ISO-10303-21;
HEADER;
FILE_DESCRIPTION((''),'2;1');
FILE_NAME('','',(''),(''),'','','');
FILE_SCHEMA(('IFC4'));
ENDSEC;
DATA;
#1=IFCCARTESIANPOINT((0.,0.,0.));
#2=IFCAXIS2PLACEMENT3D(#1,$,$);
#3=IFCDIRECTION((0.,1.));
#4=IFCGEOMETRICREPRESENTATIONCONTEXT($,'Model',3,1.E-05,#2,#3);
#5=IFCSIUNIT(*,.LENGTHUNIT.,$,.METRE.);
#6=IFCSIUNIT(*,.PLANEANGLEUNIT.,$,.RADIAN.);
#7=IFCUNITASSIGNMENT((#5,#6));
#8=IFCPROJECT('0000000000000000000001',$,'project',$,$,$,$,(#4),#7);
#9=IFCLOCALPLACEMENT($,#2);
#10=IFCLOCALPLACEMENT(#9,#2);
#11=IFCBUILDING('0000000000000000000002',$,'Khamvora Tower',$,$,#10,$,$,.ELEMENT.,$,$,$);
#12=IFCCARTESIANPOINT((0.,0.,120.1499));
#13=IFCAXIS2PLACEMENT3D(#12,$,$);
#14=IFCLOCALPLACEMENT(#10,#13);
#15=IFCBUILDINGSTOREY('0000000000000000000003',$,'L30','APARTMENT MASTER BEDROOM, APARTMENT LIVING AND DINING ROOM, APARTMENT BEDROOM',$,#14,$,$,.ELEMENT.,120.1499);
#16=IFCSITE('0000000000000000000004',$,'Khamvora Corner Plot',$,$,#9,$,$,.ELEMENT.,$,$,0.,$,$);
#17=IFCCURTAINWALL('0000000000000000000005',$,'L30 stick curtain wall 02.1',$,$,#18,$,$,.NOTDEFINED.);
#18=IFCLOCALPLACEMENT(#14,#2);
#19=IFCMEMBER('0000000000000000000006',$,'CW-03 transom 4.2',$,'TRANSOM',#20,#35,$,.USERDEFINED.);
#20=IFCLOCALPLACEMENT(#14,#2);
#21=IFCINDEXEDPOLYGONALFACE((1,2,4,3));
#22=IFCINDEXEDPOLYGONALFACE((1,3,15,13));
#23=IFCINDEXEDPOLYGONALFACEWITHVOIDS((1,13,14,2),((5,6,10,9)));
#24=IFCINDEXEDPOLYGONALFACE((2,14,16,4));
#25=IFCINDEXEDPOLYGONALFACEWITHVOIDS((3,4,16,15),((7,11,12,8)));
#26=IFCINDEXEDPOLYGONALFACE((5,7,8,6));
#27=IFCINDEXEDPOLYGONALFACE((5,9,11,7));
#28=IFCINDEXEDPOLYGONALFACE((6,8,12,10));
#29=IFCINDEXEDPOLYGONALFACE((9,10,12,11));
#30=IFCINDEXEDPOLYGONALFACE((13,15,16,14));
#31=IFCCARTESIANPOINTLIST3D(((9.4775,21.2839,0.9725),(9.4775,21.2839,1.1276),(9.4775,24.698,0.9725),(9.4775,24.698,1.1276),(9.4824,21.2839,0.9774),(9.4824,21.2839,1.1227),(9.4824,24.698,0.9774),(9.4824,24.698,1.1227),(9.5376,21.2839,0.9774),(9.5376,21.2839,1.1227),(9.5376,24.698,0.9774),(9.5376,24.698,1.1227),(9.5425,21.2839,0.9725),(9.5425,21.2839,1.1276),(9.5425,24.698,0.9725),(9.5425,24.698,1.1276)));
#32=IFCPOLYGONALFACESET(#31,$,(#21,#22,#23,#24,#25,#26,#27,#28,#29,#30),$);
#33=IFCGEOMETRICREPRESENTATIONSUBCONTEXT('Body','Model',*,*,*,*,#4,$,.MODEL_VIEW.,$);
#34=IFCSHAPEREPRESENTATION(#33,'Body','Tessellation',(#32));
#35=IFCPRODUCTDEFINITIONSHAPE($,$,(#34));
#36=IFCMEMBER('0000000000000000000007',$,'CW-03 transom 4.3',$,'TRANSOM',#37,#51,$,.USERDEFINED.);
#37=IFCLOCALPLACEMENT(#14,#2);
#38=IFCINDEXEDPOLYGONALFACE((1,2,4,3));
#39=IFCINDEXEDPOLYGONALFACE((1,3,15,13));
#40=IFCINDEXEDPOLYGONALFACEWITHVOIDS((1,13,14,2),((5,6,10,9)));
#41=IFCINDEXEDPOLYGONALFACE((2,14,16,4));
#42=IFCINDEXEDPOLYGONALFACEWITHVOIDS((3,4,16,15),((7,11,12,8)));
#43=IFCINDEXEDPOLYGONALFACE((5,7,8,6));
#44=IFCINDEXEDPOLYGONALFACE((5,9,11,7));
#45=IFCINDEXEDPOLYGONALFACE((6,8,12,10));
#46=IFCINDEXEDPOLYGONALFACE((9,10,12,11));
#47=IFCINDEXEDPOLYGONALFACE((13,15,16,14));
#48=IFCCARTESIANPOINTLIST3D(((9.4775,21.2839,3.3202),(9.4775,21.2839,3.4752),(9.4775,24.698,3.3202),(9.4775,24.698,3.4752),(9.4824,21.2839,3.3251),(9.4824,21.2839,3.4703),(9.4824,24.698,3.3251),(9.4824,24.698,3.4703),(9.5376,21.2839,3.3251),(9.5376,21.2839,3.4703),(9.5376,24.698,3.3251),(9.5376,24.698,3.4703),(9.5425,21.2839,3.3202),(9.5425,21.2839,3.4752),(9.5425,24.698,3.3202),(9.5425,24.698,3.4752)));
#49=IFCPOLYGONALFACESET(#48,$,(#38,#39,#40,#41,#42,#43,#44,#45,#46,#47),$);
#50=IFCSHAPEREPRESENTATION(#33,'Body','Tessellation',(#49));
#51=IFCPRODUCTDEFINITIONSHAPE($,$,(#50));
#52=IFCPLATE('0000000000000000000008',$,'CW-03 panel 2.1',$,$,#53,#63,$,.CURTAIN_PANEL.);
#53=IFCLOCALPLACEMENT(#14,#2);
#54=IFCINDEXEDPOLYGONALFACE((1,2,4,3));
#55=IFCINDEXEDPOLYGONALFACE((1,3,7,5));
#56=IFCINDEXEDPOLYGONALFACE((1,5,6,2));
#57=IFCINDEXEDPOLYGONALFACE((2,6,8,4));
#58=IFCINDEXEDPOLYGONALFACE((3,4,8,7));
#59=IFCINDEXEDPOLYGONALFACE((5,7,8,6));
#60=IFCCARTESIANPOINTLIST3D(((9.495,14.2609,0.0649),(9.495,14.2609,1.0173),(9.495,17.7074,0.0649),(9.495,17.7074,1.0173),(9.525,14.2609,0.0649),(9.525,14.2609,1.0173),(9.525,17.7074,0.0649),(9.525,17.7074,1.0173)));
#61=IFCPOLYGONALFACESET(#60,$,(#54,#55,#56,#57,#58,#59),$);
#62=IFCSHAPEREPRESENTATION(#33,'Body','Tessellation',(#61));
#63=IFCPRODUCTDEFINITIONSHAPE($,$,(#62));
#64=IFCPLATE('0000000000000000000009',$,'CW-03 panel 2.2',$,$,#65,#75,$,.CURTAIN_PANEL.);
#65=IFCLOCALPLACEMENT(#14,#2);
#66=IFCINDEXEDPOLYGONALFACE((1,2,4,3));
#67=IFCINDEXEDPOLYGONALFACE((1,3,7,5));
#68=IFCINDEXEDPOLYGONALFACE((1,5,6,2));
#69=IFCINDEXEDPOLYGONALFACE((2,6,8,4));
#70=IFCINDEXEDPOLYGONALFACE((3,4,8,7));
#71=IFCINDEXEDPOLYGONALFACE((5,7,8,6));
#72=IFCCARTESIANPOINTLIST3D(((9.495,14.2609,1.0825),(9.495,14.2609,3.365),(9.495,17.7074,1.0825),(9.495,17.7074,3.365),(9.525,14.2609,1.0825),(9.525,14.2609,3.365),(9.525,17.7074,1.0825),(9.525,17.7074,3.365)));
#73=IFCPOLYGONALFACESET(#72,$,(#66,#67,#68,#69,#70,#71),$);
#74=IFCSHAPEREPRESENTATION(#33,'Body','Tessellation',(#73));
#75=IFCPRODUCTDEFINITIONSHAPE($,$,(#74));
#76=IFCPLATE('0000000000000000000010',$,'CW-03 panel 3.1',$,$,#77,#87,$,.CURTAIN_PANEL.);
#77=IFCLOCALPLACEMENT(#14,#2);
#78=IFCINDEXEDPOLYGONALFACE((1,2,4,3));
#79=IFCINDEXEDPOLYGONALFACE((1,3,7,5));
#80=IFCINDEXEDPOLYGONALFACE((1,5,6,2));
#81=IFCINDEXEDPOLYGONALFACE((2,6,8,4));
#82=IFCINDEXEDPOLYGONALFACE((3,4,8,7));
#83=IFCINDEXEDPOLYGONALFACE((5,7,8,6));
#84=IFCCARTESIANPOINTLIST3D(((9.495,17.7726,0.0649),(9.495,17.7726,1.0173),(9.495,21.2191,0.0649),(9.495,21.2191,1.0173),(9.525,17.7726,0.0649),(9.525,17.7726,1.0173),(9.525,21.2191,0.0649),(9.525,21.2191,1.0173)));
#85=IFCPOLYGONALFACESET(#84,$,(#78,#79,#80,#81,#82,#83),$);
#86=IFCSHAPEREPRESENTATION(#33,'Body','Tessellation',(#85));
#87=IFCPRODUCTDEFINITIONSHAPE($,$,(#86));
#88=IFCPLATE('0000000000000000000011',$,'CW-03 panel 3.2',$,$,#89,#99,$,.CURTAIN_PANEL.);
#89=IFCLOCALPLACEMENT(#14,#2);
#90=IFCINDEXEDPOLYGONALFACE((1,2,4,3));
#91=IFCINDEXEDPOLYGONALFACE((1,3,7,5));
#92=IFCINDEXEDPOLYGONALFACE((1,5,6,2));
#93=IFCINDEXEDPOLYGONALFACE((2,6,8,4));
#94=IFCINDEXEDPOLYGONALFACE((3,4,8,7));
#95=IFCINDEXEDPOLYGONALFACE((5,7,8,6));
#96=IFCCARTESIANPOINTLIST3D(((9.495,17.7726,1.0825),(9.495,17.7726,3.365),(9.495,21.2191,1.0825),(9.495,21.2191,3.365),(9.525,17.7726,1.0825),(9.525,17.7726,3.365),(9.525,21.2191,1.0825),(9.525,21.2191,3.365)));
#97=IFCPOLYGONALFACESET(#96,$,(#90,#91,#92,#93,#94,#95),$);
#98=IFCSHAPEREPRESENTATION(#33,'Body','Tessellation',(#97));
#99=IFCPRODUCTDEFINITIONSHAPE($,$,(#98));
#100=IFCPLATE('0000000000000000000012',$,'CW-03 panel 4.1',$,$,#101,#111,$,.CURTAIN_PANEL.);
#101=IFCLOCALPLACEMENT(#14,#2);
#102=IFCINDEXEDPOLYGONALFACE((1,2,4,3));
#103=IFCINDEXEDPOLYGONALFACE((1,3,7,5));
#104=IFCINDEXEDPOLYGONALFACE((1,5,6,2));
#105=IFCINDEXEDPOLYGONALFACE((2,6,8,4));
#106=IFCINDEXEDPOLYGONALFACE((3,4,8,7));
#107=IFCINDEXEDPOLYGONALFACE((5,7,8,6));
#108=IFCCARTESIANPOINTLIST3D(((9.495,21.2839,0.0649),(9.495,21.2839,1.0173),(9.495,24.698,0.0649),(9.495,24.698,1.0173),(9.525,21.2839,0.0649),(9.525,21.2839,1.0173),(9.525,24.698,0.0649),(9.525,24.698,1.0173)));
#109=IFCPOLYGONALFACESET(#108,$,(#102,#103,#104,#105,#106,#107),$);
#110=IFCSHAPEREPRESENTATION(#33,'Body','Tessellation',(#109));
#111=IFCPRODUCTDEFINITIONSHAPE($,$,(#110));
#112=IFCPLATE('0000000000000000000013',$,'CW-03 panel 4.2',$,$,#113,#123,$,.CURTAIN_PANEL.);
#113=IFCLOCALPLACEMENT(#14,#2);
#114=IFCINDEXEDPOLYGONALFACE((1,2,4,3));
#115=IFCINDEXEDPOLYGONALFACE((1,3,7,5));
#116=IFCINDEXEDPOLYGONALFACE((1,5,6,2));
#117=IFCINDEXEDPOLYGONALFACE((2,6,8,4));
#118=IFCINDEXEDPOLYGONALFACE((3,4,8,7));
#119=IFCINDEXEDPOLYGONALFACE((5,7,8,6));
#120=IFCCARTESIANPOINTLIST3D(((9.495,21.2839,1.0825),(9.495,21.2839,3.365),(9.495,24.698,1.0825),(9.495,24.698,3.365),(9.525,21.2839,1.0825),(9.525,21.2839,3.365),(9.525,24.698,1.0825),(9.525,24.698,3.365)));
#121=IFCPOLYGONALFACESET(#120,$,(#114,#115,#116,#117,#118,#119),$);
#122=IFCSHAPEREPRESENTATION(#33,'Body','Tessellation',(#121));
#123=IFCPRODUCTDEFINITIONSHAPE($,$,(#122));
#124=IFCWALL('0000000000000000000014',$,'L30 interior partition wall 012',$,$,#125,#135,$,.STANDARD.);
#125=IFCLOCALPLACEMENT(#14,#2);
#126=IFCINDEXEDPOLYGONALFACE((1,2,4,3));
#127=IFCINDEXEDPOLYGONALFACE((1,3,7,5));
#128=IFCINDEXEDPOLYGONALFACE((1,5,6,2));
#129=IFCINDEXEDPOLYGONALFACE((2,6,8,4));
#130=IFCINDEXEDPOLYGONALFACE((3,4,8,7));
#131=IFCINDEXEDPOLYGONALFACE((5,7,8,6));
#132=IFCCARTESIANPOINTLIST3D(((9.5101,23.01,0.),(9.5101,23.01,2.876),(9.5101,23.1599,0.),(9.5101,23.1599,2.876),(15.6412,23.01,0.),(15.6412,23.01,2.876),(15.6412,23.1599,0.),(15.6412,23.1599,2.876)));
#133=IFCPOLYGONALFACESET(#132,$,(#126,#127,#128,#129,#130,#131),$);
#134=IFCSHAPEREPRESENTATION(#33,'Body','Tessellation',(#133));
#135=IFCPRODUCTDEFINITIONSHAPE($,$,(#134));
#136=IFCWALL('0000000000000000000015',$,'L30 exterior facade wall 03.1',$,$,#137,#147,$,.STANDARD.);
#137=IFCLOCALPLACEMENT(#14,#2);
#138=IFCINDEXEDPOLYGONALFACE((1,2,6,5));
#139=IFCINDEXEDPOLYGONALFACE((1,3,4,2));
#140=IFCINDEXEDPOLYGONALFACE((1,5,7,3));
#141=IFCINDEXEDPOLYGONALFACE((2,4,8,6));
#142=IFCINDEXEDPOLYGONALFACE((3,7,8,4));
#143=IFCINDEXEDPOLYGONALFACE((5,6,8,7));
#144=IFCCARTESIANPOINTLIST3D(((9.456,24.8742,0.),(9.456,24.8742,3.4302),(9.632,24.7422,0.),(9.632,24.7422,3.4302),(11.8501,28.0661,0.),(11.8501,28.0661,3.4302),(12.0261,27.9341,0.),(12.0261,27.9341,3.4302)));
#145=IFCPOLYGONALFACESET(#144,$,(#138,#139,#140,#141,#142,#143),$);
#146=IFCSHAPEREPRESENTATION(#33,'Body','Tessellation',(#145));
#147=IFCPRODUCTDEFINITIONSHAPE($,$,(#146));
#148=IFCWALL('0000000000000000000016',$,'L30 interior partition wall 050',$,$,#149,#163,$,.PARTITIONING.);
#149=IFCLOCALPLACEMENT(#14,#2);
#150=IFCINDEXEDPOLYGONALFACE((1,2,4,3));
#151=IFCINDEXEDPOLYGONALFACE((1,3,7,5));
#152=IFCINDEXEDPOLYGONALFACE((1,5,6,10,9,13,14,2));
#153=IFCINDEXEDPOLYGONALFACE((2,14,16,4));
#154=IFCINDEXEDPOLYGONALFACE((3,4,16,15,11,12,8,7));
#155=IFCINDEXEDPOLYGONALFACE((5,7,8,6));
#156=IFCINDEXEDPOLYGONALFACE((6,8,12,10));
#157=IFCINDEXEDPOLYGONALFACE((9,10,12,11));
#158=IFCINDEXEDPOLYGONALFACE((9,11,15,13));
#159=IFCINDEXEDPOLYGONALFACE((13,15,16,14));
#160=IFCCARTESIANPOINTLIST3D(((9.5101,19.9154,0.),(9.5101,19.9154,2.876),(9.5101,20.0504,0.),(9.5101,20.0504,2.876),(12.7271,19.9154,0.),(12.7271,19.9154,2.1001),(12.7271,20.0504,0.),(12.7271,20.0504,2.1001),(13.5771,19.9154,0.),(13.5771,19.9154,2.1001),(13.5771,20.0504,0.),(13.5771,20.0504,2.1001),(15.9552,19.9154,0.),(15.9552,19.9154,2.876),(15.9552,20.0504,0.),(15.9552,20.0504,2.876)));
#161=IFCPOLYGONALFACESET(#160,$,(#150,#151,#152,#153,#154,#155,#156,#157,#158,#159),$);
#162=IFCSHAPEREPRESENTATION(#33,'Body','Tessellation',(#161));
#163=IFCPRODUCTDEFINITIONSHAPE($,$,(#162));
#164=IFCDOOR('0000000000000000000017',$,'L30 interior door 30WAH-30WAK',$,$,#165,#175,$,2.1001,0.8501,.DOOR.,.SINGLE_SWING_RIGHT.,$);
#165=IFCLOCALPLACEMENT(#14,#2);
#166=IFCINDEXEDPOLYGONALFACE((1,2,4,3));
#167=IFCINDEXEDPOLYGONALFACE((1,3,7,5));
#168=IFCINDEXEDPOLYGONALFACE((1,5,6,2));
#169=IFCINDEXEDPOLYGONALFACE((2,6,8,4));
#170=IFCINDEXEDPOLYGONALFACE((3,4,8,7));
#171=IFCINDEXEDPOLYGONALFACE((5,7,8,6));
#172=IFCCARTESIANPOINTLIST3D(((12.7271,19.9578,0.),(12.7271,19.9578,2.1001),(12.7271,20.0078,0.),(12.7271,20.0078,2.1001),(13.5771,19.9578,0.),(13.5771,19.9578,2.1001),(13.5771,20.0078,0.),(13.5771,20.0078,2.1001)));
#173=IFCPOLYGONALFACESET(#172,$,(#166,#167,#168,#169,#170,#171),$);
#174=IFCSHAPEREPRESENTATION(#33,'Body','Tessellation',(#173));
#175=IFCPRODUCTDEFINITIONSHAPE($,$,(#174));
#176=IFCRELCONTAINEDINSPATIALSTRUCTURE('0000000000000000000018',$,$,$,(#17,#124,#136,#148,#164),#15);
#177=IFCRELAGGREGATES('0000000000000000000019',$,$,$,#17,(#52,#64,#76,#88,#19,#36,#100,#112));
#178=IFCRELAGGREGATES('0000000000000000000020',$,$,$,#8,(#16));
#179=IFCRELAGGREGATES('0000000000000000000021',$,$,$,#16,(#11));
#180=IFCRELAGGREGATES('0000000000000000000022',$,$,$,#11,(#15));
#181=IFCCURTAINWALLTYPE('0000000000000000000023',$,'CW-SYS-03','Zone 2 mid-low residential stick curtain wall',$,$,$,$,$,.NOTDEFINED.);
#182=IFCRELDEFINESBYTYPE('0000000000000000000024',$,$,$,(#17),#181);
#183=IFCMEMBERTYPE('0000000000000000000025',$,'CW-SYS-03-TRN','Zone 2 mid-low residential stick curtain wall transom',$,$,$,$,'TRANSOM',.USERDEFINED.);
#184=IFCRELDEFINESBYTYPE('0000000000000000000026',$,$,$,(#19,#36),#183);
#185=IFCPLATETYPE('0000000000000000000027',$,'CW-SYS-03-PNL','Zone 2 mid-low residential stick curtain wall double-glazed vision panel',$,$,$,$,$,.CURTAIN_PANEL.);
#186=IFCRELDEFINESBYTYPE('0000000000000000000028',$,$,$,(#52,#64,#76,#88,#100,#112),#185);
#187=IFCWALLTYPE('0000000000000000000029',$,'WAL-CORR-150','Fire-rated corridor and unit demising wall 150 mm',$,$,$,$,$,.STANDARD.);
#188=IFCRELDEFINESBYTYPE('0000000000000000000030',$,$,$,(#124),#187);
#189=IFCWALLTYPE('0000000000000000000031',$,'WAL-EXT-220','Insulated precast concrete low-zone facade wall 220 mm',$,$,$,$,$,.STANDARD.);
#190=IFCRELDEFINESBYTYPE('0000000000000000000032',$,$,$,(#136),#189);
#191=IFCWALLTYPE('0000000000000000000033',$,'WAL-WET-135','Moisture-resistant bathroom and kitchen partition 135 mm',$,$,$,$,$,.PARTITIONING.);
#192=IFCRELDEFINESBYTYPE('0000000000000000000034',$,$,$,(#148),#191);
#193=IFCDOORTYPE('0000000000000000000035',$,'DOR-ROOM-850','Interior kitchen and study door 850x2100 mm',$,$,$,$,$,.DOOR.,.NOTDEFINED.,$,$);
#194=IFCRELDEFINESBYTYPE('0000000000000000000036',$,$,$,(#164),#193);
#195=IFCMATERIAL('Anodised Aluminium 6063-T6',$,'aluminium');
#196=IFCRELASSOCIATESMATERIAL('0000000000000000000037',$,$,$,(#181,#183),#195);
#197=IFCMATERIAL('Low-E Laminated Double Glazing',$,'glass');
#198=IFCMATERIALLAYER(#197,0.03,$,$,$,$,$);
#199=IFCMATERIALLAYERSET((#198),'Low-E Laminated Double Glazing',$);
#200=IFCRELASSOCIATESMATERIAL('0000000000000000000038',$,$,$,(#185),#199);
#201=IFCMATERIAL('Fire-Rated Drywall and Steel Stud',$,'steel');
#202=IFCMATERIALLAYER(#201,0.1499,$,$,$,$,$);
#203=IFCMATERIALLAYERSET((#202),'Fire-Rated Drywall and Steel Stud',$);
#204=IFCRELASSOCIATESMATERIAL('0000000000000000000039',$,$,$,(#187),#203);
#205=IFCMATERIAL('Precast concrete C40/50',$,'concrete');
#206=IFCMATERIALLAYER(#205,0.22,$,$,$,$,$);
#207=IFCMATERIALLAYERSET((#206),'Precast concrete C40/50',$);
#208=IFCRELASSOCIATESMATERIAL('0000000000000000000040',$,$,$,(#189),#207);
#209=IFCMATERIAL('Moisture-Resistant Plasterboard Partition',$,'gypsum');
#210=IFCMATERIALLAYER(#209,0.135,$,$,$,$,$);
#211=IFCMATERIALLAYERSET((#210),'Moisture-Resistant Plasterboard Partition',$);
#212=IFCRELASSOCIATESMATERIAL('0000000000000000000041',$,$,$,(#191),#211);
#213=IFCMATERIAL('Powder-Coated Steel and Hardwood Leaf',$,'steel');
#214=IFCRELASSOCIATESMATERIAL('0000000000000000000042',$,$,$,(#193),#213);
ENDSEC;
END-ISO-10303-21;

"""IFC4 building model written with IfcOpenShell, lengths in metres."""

from ifc_helpers import new_model, si_unit, direction, frame, frame_2d, origin, origin_2d, place, context, subcontext, project, spatial, rectangle, hollow_rectangle, extrude, material, layer, layer_set, material_profile, profile_set, type_object, element, fill, aggregate, save


model = new_model("IFC4")

# Units and contexts
model_context = context("Model", 3, precision=1e-05, world=origin(), true_north=direction((0.0, 1.0)))
body_context = subcontext(model_context, "Body", "Model", "MODEL_VIEW")
ifc_project = project(units=[si_unit("LENGTHUNIT", "METRE"), si_unit("PLANEANGLEUNIT", "RADIAN")], contexts=[model_context])

# Site, building, storey
site_placement = place(None, origin())
site = spatial("IfcSite", under=ifc_project, at=site_placement, Name="Khamvora Corner Plot", CompositionType="ELEMENT", RefElevation=0.0)
building_placement = place(site_placement, origin())
building = spatial("IfcBuilding", under=site, at=building_placement, Name="Khamvora Tower", CompositionType="ELEMENT")
storey_placement = place(building_placement, frame((0.0, 0.0, 120.1499)))
storey = spatial("IfcBuildingStorey", under=building, at=storey_placement, Name="L30", Description="APARTMENT MASTER BEDROOM, APARTMENT LIVING AND DINING ROOM, APARTMENT BEDROOM", CompositionType="ELEMENT", Elevation=120.1499)

# Curtain wall, members, plates
ifc_material_1 = material(Name="Anodised Aluminium 6063-T6", Category="aluminium")
curtain_wall_type = type_object("IfcCurtainWallType", Name="CW-SYS-03", Description="Zone 2 mid-low residential stick curtain wall", PredefinedType="NOTDEFINED", material=ifc_material_1)
curtain_wall_placement = place(storey_placement, origin())
curtain_wall = element("IfcCurtainWall", 1, at=curtain_wall_placement, inside=storey, type_object=curtain_wall_type, Name="L30 stick curtain wall 02.1", PredefinedType="NOTDEFINED")
ifc_material_profile_1 = material_profile(ifc_material_1, hollow_rectangle(XDim=0.0649, YDim=0.155, WallThickness=0.0049, at=origin_2d()), Name="TRN65x155x5")
ifc_profile_set_1 = profile_set([ifc_material_profile_1], Name="Anodised Aluminium 6063-T6")
member_type_1 = type_object("IfcMemberType", Name="CW-SYS-03-TRN", Description="Zone 2 mid-low residential stick curtain wall transom", ElementType="TRANSOM", PredefinedType="USERDEFINED", material=ifc_profile_set_1)
member_1_placement = place(storey_placement, frame((9.51, 21.2839, 1.05), z_axis=(0.0, 1.0, 0.0), x_axis=(-1.0, 0.0, 0.0)))
member_1 = element("IfcMember", 2, at=member_1_placement, type_object=member_type_1, Name="CW-03 transom 4.2", ObjectType="TRANSOM", PredefinedType="USERDEFINED", context=body_context, shape_type="SweptSolid", body=[
    extrude(hollow_rectangle(XDim=0.0649, YDim=0.155, WallThickness=0.0049, at=origin_2d()), origin(), (0.0, 0.0, 1.0), 3.4141),
])
member_2_placement = place(storey_placement, frame((9.51, 21.2839, 3.3977), z_axis=(0.0, 1.0, 0.0), x_axis=(-1.0, 0.0, 0.0)))
member_2 = element("IfcMember", 3, at=member_2_placement, type_object=member_type_1, Name="CW-03 transom 4.3", ObjectType="TRANSOM", PredefinedType="USERDEFINED", context=body_context, shape_type="SweptSolid", body=[
    extrude(hollow_rectangle(XDim=0.0649, YDim=0.155, WallThickness=0.0049, at=origin_2d()), origin(), (0.0, 0.0, 1.0), 3.4141),
])
ifc_material_2 = material(Name="Low-E Laminated Double Glazing", Category="glass")
ifc_layer_1 = layer(ifc_material_2, 0.03)
ifc_layer_set_1 = layer_set([ifc_layer_1], Name="Low-E Laminated Double Glazing")
plate_type = type_object("IfcPlateType", Name="CW-SYS-03-PNL", Description="Zone 2 mid-low residential stick curtain wall double-glazed vision panel", PredefinedType="CURTAIN_PANEL", material=ifc_layer_set_1)
plate_1_placement = place(storey_placement, frame((9.51, 15.9841, 0.0649), z_axis=(0.0, 0.0, 1.0), x_axis=(0.0, 1.0, 0.0)))
plate_1 = element("IfcPlate", 4, at=plate_1_placement, type_object=plate_type, Name="CW-03 panel 2.1", PredefinedType="CURTAIN_PANEL", context=body_context, shape_type="SweptSolid", body=[
    extrude(rectangle(XDim=3.4465, YDim=0.03, at=origin_2d()), origin(), (0.0, 0.0, 1.0), 0.9524),
])
plate_2_placement = place(storey_placement, frame((9.51, 15.9841, 1.0825), z_axis=(0.0, 0.0, 1.0), x_axis=(0.0, 1.0, 0.0)))
plate_2 = element("IfcPlate", 5, at=plate_2_placement, type_object=plate_type, Name="CW-03 panel 2.2", PredefinedType="CURTAIN_PANEL", context=body_context, shape_type="SweptSolid", body=[
    extrude(rectangle(XDim=3.4465, YDim=0.03, at=origin_2d()), origin(), (0.0, 0.0, 1.0), 2.2825),
])
plate_3_placement = place(storey_placement, frame((9.51, 19.4958, 0.0649), z_axis=(0.0, 0.0, 1.0), x_axis=(0.0, 1.0, 0.0)))
plate_3 = element("IfcPlate", 6, at=plate_3_placement, type_object=plate_type, Name="CW-03 panel 3.1", PredefinedType="CURTAIN_PANEL", context=body_context, shape_type="SweptSolid", body=[
    extrude(rectangle(XDim=3.4465, YDim=0.03, at=origin_2d()), origin(), (0.0, 0.0, 1.0), 0.9524),
])
plate_4_placement = place(storey_placement, frame((9.51, 19.4958, 1.0825), z_axis=(0.0, 0.0, 1.0), x_axis=(0.0, 1.0, 0.0)))
plate_4 = element("IfcPlate", 7, at=plate_4_placement, type_object=plate_type, Name="CW-03 panel 3.2", PredefinedType="CURTAIN_PANEL", context=body_context, shape_type="SweptSolid", body=[
    extrude(rectangle(XDim=3.4465, YDim=0.03, at=origin_2d()), origin(), (0.0, 0.0, 1.0), 2.2825),
])
plate_5_placement = place(storey_placement, frame((9.51, 22.991, 0.0649), z_axis=(0.0, 0.0, 1.0), x_axis=(0.0, 1.0, 0.0)))
plate_5 = element("IfcPlate", 8, at=plate_5_placement, type_object=plate_type, Name="CW-03 panel 4.1", PredefinedType="CURTAIN_PANEL", context=body_context, shape_type="SweptSolid", body=[
    extrude(rectangle(XDim=3.4141, YDim=0.03, at=origin_2d()), origin(), (0.0, 0.0, 1.0), 0.9524),
])
plate_6_placement = place(storey_placement, frame((9.51, 22.991, 1.0825), z_axis=(0.0, 0.0, 1.0), x_axis=(0.0, 1.0, 0.0)))
plate_6 = element("IfcPlate", 9, at=plate_6_placement, type_object=plate_type, Name="CW-03 panel 4.2", PredefinedType="CURTAIN_PANEL", context=body_context, shape_type="SweptSolid", body=[
    extrude(rectangle(XDim=3.4141, YDim=0.03, at=origin_2d()), origin(), (0.0, 0.0, 1.0), 2.2825),
])
aggregate(curtain_wall, [plate_1, plate_2, plate_3, plate_4, member_1, member_2, plate_5, plate_6])

# Walls
ifc_material_3 = material(Name="Fire-Rated Drywall and Steel Stud", Category="steel")
ifc_layer_2 = layer(ifc_material_3, 0.1499)
ifc_layer_set_2 = layer_set([ifc_layer_2], Name="Fire-Rated Drywall and Steel Stud")
wall_type_1 = type_object("IfcWallType", Name="WAL-CORR-150", Description="Fire-rated corridor and unit demising wall 150 mm", PredefinedType="STANDARD", material=ifc_layer_set_2)
wall_1_placement = place(storey_placement, frame((15.6411, 23.085, 0.0), z_axis=(0.0, 0.0, 1.0), x_axis=(-1.0, 0.0, 0.0)))
element("IfcWall", 10, at=wall_1_placement, inside=storey, type_object=wall_type_1, Name="L30 interior partition wall 012", PredefinedType="STANDARD", context=body_context, shape_type="SweptSolid", body=[
    extrude(rectangle(XDim=6.1311, YDim=0.1499, at=frame_2d((3.0654, 0.0))), origin(), (0.0, 0.0, 1.0), 2.876),
])
ifc_material_4 = material(Name="Precast concrete C40/50", Category="concrete")
ifc_layer_3 = layer(ifc_material_4, 0.22)
ifc_layer_set_3 = layer_set([ifc_layer_3], Name="Precast concrete C40/50")
wall_type_2 = type_object("IfcWallType", Name="WAL-EXT-220", Description="Insulated precast concrete low-zone facade wall 220 mm", PredefinedType="STANDARD", material=ifc_layer_set_3)
wall_2_placement = place(storey_placement, frame((9.5439, 24.8081, 0.0), z_axis=(0.0, 0.0, 1.0), x_axis=(0.60002, 0.799985, 0.0)))
element("IfcWall", 11, at=wall_2_placement, inside=storey, type_object=wall_type_2, Name="L30 exterior facade wall 03.1", PredefinedType="STANDARD", context=body_context, shape_type="SweptSolid", body=[
    extrude(rectangle(XDim=3.99, YDim=0.22, at=frame_2d((1.9951, 0.0))), origin(), (0.0, 0.0, 1.0), 3.4302),
])

# Wall, opening, door
ifc_material_5 = material(Name="Moisture-Resistant Plasterboard Partition", Category="gypsum")
ifc_layer_4 = layer(ifc_material_5, 0.135)
ifc_layer_set_4 = layer_set([ifc_layer_4], Name="Moisture-Resistant Plasterboard Partition")
wall_type_3 = type_object("IfcWallType", Name="WAL-WET-135", Description="Moisture-resistant bathroom and kitchen partition 135 mm", PredefinedType="PARTITIONING", material=ifc_layer_set_4)
wall_3_placement = place(storey_placement, frame((9.51, 19.9829, 0.0), z_axis=(0.0, 0.0, 1.0), x_axis=(1.0, 0.0, 0.0)))
wall_3 = element("IfcWall", 12, at=wall_3_placement, inside=storey, type_object=wall_type_3, Name="L30 interior partition wall 050", PredefinedType="PARTITIONING", context=body_context, shape_type="SweptSolid", body=[
    extrude(rectangle(XDim=6.4451, YDim=0.135, at=frame_2d((3.2227, 0.0))), origin(), (0.0, 0.0, 1.0), 2.876),
])
opening_placement = place(wall_3_placement, frame((3.217, 0.0, 0.0)))
opening = element("IfcOpeningElement", 13, at=opening_placement, cuts=wall_3, PredefinedType="OPENING", context=body_context, shape_type="SweptSolid", body=[
    extrude(rectangle(XDim=0.8501, YDim=2.1001, at=frame_2d((0.425, 1.05))), frame((0.0, 0.0774, 0.0), z_axis=(0.0, -1.0, 0.0), x_axis=(1.0, 0.0, 0.0)), (0.0, 0.0, 1.0), 0.155),
])
ifc_material_6 = material(Name="Powder-Coated Steel and Hardwood Leaf", Category="steel")
door_type = type_object("IfcDoorType", Name="DOR-ROOM-850", Description="Interior kitchen and study door 850x2100 mm", OperationType="NOTDEFINED", PredefinedType="DOOR", material=ifc_material_6)
door_placement = place(opening_placement, origin())
door = element("IfcDoor", 14, at=door_placement, inside=storey, type_object=door_type, Name="L30 interior door 30WAH-30WAK", OperationType="SINGLE_SWING_RIGHT", OverallHeight=2.1001, OverallWidth=0.8501, PredefinedType="DOOR", context=body_context, shape_type="SweptSolid", body=[
    extrude(rectangle(XDim=0.8501, YDim=2.1001, at=frame_2d((0.425, 1.05))), frame((0.0, 0.0249, 0.0), z_axis=(0.0, -1.0, 0.0), x_axis=(1.0, 0.0, 0.0)), (0.0, 0.0, 1.0), 0.05),
])
fill(opening, door)

save(model, "model.ifc")
